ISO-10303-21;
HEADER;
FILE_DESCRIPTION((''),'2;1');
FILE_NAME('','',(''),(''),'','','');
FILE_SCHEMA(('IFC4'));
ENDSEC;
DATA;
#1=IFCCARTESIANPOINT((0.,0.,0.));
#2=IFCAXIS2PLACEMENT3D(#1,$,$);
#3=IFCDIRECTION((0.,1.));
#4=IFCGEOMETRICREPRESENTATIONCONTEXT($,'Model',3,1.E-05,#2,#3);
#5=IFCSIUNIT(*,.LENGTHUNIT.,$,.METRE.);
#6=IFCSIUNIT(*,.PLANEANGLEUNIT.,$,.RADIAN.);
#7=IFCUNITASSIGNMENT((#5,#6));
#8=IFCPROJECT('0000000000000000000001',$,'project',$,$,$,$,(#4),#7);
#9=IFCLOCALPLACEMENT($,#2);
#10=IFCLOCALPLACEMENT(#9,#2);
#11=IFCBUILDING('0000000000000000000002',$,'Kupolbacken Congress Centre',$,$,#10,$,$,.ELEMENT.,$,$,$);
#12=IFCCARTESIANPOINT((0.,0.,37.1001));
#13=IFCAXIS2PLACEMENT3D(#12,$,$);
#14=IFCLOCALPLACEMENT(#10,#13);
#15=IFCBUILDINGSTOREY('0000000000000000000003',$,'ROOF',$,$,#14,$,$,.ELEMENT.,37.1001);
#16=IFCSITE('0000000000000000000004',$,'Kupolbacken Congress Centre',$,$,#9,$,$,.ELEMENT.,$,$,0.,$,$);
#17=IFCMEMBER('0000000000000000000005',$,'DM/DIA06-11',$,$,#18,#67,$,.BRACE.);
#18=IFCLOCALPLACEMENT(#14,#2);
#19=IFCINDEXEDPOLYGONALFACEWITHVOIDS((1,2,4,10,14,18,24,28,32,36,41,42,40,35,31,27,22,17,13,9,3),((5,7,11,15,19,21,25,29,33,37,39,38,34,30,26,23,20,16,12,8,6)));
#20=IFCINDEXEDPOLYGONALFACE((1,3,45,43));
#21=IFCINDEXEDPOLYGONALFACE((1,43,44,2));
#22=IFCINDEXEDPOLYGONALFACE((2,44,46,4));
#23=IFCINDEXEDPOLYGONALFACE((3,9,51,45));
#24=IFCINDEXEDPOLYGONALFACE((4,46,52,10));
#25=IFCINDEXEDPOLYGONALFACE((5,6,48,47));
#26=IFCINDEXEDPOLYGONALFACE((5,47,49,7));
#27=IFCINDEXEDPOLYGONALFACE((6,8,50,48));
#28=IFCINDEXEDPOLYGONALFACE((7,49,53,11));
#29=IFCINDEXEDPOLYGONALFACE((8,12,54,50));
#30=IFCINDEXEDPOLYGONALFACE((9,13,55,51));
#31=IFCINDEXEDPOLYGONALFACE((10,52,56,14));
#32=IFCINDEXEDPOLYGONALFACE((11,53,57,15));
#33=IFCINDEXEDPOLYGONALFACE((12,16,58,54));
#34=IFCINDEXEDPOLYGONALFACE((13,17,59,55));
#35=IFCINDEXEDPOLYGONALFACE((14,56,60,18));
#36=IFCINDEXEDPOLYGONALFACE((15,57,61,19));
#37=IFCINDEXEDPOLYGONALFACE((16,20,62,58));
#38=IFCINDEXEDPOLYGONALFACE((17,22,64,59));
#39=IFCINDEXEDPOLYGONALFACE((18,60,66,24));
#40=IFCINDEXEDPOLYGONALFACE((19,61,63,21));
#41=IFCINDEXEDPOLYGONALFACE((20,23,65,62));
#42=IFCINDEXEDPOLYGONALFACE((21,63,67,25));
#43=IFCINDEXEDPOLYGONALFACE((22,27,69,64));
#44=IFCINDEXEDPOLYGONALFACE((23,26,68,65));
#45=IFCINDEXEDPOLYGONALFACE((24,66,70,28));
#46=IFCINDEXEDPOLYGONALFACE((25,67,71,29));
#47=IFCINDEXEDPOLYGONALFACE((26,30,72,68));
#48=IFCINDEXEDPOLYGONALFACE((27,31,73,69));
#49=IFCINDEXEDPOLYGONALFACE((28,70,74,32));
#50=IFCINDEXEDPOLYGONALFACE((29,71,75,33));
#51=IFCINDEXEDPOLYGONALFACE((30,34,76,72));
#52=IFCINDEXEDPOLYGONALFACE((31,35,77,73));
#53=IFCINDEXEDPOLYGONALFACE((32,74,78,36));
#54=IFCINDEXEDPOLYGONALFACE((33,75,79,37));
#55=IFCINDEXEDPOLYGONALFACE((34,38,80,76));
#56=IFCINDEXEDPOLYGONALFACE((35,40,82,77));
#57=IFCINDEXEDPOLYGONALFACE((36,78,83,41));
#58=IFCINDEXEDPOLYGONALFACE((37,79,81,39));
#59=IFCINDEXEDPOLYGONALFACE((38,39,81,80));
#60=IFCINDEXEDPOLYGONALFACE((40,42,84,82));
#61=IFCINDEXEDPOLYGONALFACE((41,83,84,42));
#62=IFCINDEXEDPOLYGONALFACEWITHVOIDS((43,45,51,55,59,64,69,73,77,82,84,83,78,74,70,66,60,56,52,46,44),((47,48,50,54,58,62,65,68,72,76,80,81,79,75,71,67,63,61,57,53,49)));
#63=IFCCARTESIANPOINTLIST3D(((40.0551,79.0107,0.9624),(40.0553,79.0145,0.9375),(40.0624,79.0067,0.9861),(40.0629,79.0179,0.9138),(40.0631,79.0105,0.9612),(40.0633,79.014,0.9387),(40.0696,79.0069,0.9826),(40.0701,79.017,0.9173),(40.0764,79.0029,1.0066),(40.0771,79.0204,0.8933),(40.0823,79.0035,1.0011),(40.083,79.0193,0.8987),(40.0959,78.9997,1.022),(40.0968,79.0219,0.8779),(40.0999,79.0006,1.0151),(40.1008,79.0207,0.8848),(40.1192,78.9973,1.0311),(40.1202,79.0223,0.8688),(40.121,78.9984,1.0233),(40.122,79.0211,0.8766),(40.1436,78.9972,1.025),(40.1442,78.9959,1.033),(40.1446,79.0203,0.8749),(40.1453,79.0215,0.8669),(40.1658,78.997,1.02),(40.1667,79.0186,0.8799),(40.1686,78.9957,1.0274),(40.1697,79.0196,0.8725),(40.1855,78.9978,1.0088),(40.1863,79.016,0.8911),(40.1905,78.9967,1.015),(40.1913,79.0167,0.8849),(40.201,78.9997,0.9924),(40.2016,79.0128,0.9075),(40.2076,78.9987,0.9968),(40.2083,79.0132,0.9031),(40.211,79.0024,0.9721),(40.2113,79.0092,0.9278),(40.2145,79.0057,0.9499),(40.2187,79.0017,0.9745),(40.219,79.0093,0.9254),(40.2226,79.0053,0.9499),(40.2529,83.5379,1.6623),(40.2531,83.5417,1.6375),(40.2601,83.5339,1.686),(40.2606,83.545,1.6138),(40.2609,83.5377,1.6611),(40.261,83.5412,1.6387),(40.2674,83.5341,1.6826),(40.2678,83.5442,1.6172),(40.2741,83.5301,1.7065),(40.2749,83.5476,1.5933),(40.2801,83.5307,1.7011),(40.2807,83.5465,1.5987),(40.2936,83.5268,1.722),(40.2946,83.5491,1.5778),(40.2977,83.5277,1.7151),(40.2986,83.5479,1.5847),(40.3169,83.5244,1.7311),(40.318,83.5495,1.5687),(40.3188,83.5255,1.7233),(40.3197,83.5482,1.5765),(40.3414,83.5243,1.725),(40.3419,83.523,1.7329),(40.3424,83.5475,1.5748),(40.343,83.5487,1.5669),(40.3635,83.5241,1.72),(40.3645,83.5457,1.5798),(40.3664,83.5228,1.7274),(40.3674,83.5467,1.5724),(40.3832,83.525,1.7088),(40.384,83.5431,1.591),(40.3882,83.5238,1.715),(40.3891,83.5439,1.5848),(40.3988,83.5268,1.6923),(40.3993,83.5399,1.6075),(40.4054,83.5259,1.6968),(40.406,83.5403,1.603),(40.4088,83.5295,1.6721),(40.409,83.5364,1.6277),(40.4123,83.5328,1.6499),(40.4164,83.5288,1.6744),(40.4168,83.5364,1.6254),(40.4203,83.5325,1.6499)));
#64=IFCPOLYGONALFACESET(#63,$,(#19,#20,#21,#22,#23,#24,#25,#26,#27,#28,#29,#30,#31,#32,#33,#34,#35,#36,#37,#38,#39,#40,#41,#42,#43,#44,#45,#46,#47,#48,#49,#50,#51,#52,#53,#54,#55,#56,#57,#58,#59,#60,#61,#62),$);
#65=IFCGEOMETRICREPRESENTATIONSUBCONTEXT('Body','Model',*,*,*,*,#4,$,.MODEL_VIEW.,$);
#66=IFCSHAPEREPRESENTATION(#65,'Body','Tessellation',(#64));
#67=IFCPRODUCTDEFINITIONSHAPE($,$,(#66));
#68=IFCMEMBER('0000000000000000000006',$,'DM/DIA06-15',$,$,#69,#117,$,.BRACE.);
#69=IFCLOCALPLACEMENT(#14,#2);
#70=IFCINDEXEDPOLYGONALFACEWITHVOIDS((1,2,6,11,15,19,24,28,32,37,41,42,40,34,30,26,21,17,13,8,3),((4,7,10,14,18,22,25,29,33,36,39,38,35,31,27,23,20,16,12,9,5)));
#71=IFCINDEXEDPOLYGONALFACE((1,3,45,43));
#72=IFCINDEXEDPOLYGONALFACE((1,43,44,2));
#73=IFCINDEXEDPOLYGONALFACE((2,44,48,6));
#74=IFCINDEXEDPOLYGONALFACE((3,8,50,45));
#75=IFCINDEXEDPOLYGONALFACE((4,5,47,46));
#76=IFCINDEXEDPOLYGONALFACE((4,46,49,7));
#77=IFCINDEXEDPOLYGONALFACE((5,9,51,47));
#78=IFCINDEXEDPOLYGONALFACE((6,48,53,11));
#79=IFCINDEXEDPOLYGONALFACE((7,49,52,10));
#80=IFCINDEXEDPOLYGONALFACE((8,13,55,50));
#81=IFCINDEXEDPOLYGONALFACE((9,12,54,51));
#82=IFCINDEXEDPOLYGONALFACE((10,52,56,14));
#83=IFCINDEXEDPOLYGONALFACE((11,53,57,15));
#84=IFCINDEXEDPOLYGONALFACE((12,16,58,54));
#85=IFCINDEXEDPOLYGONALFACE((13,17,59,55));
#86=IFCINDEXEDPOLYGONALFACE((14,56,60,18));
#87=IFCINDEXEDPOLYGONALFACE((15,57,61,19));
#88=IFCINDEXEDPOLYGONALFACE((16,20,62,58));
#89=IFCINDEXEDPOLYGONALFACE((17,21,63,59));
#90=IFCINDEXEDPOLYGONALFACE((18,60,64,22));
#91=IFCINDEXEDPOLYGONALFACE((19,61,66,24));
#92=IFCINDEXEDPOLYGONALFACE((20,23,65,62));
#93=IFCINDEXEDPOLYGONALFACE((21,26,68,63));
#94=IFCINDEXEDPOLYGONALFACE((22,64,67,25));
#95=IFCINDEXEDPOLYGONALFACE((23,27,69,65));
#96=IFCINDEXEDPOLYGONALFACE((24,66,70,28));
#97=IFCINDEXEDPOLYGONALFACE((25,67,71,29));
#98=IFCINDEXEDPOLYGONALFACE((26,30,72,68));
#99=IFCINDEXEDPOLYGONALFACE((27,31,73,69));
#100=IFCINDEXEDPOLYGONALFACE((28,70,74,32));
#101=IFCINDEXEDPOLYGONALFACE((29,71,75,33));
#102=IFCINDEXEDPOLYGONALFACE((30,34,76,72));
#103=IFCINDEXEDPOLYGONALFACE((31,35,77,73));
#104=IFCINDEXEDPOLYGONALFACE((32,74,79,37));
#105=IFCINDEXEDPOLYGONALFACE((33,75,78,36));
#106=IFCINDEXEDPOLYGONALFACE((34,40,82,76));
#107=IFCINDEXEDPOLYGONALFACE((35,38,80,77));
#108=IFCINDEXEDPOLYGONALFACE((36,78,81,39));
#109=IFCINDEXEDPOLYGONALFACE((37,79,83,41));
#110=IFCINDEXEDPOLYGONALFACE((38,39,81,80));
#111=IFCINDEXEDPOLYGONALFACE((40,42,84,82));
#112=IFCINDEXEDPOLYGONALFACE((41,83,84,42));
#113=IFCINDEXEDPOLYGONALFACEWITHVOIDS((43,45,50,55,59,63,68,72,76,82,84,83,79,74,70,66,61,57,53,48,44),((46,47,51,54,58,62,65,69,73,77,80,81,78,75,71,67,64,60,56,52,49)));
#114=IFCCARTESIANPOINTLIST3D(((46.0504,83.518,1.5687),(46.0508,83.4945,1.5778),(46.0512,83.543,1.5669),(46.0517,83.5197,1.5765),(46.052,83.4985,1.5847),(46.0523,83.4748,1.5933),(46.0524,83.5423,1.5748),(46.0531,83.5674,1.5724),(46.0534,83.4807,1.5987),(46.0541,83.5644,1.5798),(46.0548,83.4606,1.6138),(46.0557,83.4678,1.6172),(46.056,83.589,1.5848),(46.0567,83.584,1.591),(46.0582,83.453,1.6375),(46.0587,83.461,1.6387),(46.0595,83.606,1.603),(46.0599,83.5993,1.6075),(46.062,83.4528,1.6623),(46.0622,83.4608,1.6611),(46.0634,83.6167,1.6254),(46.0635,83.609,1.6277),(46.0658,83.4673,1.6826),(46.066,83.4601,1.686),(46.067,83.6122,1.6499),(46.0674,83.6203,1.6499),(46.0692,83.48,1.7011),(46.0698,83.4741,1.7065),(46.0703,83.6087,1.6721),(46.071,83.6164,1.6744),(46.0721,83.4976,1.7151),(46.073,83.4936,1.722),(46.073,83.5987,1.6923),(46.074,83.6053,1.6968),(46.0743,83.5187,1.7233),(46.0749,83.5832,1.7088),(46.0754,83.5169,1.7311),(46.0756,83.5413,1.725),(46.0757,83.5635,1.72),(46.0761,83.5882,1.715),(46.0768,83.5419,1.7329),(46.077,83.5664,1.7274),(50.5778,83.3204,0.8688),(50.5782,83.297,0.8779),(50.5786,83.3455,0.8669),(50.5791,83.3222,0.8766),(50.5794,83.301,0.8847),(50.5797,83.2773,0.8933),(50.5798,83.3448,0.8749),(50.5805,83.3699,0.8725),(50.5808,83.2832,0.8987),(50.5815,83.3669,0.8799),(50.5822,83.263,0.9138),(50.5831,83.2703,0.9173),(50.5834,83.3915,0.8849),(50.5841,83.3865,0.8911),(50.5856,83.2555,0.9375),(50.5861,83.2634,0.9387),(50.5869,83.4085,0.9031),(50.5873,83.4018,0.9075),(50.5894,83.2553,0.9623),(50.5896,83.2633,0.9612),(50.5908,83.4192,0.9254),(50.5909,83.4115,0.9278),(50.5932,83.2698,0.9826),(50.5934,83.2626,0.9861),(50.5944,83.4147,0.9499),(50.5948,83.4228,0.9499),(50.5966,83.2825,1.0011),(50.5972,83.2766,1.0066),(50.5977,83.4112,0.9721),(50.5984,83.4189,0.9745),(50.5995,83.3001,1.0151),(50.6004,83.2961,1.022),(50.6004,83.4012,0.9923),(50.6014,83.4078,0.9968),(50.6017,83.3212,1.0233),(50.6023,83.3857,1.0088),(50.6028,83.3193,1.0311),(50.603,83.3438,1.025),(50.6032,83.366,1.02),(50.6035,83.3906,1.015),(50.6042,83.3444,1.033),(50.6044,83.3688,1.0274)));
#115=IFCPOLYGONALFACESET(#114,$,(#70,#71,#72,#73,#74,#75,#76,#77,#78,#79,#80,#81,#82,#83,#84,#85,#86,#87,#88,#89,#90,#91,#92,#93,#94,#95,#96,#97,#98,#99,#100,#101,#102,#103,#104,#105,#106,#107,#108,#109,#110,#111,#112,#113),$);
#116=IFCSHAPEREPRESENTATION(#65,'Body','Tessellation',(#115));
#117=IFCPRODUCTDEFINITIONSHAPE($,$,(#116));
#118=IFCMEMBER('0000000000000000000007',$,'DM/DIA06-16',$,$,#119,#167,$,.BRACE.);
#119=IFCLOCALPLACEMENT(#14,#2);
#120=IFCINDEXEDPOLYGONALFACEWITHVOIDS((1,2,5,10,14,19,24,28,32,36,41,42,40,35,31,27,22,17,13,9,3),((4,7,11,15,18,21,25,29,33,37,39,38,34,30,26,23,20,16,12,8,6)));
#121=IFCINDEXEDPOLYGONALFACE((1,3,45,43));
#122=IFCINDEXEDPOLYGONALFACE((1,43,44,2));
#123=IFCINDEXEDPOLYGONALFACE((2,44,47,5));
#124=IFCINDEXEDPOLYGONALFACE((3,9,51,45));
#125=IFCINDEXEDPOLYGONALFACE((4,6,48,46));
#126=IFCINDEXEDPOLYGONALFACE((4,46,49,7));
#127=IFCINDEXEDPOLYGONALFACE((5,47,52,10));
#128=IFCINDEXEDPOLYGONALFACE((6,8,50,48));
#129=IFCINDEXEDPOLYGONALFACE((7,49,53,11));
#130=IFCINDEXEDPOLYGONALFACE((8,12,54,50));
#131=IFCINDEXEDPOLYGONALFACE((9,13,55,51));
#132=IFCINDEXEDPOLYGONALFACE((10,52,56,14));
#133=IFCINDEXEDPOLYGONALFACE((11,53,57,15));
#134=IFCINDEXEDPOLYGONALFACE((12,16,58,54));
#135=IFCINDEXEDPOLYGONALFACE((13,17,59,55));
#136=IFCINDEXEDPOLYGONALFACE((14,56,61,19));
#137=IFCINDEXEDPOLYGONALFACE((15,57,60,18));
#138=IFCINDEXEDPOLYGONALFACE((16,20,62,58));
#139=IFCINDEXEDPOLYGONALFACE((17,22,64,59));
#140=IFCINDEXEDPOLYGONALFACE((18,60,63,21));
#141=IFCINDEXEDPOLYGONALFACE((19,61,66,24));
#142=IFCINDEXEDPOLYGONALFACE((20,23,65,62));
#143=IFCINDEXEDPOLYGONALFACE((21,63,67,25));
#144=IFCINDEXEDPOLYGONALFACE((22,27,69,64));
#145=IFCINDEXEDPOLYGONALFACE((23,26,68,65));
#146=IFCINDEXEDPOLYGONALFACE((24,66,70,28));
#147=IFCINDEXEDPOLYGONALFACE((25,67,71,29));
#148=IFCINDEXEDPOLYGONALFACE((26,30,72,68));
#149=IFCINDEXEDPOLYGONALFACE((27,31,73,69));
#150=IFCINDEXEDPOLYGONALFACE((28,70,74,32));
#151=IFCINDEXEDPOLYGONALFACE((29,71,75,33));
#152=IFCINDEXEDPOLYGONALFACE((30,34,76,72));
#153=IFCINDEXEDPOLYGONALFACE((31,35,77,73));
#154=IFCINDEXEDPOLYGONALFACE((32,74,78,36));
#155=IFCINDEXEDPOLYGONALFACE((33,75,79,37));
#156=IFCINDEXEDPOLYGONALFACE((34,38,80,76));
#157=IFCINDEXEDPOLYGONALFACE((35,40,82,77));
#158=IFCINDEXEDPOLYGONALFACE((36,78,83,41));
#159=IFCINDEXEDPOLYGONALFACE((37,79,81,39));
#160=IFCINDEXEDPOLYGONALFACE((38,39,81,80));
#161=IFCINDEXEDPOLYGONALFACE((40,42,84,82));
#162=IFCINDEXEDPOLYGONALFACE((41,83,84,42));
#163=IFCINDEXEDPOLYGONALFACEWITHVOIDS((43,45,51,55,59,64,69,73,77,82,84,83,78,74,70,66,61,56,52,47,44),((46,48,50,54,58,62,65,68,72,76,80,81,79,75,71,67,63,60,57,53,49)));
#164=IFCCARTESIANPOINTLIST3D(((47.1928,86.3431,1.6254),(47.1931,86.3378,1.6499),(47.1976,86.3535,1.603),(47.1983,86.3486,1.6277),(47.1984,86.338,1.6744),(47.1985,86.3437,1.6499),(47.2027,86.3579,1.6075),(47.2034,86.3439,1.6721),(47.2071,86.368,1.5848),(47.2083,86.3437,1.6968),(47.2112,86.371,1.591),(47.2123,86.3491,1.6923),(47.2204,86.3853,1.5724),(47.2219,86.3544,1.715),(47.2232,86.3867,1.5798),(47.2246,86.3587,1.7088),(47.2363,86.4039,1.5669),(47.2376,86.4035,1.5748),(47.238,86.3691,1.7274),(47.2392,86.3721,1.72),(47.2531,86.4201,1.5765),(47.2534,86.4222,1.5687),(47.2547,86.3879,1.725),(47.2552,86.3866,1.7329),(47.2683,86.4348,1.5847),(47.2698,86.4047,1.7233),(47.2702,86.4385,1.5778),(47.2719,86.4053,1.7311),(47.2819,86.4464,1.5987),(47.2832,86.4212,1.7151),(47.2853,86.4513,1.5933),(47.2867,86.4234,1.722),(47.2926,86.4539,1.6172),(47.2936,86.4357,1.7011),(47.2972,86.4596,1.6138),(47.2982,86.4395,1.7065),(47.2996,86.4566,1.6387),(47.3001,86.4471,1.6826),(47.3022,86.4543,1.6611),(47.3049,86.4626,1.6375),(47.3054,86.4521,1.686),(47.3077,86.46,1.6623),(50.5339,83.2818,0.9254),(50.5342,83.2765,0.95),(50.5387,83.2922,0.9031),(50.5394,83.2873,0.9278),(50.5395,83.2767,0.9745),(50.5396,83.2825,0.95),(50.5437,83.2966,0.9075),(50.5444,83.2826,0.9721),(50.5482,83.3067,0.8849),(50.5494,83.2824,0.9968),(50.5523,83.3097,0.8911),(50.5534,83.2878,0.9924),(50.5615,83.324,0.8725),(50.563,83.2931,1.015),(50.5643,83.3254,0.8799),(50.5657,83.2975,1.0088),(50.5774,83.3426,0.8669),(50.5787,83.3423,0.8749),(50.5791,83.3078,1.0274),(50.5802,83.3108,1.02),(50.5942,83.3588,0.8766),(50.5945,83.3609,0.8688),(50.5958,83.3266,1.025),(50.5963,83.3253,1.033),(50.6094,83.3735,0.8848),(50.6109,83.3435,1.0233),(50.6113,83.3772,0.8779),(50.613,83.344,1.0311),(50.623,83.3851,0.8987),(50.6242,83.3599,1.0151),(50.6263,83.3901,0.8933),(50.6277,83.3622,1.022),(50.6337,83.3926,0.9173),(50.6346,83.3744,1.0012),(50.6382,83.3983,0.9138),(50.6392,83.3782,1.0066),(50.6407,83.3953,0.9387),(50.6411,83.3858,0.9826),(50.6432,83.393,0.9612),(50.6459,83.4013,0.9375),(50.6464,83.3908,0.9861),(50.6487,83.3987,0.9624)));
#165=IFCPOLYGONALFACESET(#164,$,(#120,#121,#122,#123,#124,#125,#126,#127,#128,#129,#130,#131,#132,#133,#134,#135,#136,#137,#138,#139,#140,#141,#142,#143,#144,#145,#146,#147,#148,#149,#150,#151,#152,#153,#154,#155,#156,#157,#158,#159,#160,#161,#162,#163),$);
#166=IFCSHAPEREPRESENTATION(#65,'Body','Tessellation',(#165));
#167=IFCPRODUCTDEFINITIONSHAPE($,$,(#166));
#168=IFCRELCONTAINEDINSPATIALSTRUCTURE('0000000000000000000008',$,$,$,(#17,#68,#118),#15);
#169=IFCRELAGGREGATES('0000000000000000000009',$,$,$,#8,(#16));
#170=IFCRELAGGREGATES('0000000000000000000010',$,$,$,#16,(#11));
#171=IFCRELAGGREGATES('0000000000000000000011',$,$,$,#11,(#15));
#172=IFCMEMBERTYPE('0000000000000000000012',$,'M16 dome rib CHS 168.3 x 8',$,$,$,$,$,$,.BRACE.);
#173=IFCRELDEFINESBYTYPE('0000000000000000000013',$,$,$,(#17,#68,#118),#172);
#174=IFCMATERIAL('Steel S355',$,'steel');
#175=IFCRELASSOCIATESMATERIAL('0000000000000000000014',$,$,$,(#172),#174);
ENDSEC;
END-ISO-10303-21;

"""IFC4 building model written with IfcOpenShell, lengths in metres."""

from ifc_helpers import new_model, si_unit, direction, frame, origin, origin_2d, place, context, subcontext, project, spatial, hollow_circle, extrude, material, material_profile, profile_set, type_object, element, save


model = new_model("IFC4")

# Units and contexts
model_context = context("Model", 3, precision=1e-05, world=origin(), true_north=direction((0.0, 1.0)))
body_context = subcontext(model_context, "Body", "Model", "MODEL_VIEW")
ifc_project = project(units=[si_unit("LENGTHUNIT", "METRE"), si_unit("PLANEANGLEUNIT", "RADIAN")], contexts=[model_context])

# Site, building, storey
site_placement = place(None, origin())
site = spatial("IfcSite", under=ifc_project, at=site_placement, Name="Kupolbacken Congress Centre", CompositionType="ELEMENT", RefElevation=0.0)
building_placement = place(site_placement, origin())
building = spatial("IfcBuilding", under=site, at=building_placement, Name="Kupolbacken Congress Centre", CompositionType="ELEMENT")
storey_placement = place(building_placement, frame((0.0, 0.0, 37.1001)))
storey = spatial("IfcBuildingStorey", under=building, at=storey_placement, Name="ROOF", CompositionType="ELEMENT", Elevation=37.1001)

# Members
ifc_material_1 = material(Name="Steel S355", Category="steel")
ifc_material_profile_1 = material_profile(ifc_material_1, hollow_circle(Radius=0.0842, WallThickness=0.0081, at=origin_2d()), Name="CHS 168.3 x 8")
ifc_profile_set_1 = profile_set([ifc_material_profile_1], Name="Steel S355")
member_type_1 = type_object("IfcMemberType", Name="M16 dome rib CHS 168.3 x 8", PredefinedType="BRACE", material=ifc_profile_set_1)
for number, where, z_axis, x_axis, name in (
    (1, (40.3362, 83.5361, 1.6499), (-0.043129, -0.987338, -0.152656), (0.999047, -0.043641, 0.0), "DM/DIA06-11"),
):
    element("IfcMember", number, at=place(storey_placement, frame(where, z_axis=z_axis, x_axis=x_axis)), inside=storey, type_object=member_type_1, Name=name, PredefinedType="BRACE", context=body_context, shape_type="SweptSolid", body=[
        extrude(hollow_circle(Radius=0.0842, WallThickness=0.0081, at=origin_2d()), origin(), (0.0, 0.0, 1.0), 4.5852),
    ])
member_1_placement = place(storey_placement, frame((46.0637, 83.5361, 1.6499), z_axis=(0.987341, -0.043074, -0.152648), x_axis=(0.043585, 0.99905, 0.0)))
element("IfcMember", 2, at=member_1_placement, inside=storey, type_object=member_type_1, Name="DM/DIA06-15", PredefinedType="BRACE", context=body_context, shape_type="SweptSolid", body=[
    extrude(hollow_circle(Radius=0.0842, WallThickness=0.0081, at=origin_2d()), origin(), (0.0, 0.0, 1.0), 4.5854),
])
member_2_placement = place(storey_placement, frame((50.5911, 83.3386, 0.95), z_axis=(-0.728662, 0.667643, 0.152654), x_axis=(-0.675561, -0.737304, 0.0)))
element("IfcMember", 3, at=member_2_placement, inside=storey, type_object=member_type_1, Name="DM/DIA06-16", PredefinedType="BRACE", context=body_context, shape_type="SweptSolid", body=[
    extrude(hollow_circle(Radius=0.0842, WallThickness=0.0081, at=origin_2d()), origin(), (0.0, 0.0, 1.0), 4.5852),
])

save(model, "model.ifc")
